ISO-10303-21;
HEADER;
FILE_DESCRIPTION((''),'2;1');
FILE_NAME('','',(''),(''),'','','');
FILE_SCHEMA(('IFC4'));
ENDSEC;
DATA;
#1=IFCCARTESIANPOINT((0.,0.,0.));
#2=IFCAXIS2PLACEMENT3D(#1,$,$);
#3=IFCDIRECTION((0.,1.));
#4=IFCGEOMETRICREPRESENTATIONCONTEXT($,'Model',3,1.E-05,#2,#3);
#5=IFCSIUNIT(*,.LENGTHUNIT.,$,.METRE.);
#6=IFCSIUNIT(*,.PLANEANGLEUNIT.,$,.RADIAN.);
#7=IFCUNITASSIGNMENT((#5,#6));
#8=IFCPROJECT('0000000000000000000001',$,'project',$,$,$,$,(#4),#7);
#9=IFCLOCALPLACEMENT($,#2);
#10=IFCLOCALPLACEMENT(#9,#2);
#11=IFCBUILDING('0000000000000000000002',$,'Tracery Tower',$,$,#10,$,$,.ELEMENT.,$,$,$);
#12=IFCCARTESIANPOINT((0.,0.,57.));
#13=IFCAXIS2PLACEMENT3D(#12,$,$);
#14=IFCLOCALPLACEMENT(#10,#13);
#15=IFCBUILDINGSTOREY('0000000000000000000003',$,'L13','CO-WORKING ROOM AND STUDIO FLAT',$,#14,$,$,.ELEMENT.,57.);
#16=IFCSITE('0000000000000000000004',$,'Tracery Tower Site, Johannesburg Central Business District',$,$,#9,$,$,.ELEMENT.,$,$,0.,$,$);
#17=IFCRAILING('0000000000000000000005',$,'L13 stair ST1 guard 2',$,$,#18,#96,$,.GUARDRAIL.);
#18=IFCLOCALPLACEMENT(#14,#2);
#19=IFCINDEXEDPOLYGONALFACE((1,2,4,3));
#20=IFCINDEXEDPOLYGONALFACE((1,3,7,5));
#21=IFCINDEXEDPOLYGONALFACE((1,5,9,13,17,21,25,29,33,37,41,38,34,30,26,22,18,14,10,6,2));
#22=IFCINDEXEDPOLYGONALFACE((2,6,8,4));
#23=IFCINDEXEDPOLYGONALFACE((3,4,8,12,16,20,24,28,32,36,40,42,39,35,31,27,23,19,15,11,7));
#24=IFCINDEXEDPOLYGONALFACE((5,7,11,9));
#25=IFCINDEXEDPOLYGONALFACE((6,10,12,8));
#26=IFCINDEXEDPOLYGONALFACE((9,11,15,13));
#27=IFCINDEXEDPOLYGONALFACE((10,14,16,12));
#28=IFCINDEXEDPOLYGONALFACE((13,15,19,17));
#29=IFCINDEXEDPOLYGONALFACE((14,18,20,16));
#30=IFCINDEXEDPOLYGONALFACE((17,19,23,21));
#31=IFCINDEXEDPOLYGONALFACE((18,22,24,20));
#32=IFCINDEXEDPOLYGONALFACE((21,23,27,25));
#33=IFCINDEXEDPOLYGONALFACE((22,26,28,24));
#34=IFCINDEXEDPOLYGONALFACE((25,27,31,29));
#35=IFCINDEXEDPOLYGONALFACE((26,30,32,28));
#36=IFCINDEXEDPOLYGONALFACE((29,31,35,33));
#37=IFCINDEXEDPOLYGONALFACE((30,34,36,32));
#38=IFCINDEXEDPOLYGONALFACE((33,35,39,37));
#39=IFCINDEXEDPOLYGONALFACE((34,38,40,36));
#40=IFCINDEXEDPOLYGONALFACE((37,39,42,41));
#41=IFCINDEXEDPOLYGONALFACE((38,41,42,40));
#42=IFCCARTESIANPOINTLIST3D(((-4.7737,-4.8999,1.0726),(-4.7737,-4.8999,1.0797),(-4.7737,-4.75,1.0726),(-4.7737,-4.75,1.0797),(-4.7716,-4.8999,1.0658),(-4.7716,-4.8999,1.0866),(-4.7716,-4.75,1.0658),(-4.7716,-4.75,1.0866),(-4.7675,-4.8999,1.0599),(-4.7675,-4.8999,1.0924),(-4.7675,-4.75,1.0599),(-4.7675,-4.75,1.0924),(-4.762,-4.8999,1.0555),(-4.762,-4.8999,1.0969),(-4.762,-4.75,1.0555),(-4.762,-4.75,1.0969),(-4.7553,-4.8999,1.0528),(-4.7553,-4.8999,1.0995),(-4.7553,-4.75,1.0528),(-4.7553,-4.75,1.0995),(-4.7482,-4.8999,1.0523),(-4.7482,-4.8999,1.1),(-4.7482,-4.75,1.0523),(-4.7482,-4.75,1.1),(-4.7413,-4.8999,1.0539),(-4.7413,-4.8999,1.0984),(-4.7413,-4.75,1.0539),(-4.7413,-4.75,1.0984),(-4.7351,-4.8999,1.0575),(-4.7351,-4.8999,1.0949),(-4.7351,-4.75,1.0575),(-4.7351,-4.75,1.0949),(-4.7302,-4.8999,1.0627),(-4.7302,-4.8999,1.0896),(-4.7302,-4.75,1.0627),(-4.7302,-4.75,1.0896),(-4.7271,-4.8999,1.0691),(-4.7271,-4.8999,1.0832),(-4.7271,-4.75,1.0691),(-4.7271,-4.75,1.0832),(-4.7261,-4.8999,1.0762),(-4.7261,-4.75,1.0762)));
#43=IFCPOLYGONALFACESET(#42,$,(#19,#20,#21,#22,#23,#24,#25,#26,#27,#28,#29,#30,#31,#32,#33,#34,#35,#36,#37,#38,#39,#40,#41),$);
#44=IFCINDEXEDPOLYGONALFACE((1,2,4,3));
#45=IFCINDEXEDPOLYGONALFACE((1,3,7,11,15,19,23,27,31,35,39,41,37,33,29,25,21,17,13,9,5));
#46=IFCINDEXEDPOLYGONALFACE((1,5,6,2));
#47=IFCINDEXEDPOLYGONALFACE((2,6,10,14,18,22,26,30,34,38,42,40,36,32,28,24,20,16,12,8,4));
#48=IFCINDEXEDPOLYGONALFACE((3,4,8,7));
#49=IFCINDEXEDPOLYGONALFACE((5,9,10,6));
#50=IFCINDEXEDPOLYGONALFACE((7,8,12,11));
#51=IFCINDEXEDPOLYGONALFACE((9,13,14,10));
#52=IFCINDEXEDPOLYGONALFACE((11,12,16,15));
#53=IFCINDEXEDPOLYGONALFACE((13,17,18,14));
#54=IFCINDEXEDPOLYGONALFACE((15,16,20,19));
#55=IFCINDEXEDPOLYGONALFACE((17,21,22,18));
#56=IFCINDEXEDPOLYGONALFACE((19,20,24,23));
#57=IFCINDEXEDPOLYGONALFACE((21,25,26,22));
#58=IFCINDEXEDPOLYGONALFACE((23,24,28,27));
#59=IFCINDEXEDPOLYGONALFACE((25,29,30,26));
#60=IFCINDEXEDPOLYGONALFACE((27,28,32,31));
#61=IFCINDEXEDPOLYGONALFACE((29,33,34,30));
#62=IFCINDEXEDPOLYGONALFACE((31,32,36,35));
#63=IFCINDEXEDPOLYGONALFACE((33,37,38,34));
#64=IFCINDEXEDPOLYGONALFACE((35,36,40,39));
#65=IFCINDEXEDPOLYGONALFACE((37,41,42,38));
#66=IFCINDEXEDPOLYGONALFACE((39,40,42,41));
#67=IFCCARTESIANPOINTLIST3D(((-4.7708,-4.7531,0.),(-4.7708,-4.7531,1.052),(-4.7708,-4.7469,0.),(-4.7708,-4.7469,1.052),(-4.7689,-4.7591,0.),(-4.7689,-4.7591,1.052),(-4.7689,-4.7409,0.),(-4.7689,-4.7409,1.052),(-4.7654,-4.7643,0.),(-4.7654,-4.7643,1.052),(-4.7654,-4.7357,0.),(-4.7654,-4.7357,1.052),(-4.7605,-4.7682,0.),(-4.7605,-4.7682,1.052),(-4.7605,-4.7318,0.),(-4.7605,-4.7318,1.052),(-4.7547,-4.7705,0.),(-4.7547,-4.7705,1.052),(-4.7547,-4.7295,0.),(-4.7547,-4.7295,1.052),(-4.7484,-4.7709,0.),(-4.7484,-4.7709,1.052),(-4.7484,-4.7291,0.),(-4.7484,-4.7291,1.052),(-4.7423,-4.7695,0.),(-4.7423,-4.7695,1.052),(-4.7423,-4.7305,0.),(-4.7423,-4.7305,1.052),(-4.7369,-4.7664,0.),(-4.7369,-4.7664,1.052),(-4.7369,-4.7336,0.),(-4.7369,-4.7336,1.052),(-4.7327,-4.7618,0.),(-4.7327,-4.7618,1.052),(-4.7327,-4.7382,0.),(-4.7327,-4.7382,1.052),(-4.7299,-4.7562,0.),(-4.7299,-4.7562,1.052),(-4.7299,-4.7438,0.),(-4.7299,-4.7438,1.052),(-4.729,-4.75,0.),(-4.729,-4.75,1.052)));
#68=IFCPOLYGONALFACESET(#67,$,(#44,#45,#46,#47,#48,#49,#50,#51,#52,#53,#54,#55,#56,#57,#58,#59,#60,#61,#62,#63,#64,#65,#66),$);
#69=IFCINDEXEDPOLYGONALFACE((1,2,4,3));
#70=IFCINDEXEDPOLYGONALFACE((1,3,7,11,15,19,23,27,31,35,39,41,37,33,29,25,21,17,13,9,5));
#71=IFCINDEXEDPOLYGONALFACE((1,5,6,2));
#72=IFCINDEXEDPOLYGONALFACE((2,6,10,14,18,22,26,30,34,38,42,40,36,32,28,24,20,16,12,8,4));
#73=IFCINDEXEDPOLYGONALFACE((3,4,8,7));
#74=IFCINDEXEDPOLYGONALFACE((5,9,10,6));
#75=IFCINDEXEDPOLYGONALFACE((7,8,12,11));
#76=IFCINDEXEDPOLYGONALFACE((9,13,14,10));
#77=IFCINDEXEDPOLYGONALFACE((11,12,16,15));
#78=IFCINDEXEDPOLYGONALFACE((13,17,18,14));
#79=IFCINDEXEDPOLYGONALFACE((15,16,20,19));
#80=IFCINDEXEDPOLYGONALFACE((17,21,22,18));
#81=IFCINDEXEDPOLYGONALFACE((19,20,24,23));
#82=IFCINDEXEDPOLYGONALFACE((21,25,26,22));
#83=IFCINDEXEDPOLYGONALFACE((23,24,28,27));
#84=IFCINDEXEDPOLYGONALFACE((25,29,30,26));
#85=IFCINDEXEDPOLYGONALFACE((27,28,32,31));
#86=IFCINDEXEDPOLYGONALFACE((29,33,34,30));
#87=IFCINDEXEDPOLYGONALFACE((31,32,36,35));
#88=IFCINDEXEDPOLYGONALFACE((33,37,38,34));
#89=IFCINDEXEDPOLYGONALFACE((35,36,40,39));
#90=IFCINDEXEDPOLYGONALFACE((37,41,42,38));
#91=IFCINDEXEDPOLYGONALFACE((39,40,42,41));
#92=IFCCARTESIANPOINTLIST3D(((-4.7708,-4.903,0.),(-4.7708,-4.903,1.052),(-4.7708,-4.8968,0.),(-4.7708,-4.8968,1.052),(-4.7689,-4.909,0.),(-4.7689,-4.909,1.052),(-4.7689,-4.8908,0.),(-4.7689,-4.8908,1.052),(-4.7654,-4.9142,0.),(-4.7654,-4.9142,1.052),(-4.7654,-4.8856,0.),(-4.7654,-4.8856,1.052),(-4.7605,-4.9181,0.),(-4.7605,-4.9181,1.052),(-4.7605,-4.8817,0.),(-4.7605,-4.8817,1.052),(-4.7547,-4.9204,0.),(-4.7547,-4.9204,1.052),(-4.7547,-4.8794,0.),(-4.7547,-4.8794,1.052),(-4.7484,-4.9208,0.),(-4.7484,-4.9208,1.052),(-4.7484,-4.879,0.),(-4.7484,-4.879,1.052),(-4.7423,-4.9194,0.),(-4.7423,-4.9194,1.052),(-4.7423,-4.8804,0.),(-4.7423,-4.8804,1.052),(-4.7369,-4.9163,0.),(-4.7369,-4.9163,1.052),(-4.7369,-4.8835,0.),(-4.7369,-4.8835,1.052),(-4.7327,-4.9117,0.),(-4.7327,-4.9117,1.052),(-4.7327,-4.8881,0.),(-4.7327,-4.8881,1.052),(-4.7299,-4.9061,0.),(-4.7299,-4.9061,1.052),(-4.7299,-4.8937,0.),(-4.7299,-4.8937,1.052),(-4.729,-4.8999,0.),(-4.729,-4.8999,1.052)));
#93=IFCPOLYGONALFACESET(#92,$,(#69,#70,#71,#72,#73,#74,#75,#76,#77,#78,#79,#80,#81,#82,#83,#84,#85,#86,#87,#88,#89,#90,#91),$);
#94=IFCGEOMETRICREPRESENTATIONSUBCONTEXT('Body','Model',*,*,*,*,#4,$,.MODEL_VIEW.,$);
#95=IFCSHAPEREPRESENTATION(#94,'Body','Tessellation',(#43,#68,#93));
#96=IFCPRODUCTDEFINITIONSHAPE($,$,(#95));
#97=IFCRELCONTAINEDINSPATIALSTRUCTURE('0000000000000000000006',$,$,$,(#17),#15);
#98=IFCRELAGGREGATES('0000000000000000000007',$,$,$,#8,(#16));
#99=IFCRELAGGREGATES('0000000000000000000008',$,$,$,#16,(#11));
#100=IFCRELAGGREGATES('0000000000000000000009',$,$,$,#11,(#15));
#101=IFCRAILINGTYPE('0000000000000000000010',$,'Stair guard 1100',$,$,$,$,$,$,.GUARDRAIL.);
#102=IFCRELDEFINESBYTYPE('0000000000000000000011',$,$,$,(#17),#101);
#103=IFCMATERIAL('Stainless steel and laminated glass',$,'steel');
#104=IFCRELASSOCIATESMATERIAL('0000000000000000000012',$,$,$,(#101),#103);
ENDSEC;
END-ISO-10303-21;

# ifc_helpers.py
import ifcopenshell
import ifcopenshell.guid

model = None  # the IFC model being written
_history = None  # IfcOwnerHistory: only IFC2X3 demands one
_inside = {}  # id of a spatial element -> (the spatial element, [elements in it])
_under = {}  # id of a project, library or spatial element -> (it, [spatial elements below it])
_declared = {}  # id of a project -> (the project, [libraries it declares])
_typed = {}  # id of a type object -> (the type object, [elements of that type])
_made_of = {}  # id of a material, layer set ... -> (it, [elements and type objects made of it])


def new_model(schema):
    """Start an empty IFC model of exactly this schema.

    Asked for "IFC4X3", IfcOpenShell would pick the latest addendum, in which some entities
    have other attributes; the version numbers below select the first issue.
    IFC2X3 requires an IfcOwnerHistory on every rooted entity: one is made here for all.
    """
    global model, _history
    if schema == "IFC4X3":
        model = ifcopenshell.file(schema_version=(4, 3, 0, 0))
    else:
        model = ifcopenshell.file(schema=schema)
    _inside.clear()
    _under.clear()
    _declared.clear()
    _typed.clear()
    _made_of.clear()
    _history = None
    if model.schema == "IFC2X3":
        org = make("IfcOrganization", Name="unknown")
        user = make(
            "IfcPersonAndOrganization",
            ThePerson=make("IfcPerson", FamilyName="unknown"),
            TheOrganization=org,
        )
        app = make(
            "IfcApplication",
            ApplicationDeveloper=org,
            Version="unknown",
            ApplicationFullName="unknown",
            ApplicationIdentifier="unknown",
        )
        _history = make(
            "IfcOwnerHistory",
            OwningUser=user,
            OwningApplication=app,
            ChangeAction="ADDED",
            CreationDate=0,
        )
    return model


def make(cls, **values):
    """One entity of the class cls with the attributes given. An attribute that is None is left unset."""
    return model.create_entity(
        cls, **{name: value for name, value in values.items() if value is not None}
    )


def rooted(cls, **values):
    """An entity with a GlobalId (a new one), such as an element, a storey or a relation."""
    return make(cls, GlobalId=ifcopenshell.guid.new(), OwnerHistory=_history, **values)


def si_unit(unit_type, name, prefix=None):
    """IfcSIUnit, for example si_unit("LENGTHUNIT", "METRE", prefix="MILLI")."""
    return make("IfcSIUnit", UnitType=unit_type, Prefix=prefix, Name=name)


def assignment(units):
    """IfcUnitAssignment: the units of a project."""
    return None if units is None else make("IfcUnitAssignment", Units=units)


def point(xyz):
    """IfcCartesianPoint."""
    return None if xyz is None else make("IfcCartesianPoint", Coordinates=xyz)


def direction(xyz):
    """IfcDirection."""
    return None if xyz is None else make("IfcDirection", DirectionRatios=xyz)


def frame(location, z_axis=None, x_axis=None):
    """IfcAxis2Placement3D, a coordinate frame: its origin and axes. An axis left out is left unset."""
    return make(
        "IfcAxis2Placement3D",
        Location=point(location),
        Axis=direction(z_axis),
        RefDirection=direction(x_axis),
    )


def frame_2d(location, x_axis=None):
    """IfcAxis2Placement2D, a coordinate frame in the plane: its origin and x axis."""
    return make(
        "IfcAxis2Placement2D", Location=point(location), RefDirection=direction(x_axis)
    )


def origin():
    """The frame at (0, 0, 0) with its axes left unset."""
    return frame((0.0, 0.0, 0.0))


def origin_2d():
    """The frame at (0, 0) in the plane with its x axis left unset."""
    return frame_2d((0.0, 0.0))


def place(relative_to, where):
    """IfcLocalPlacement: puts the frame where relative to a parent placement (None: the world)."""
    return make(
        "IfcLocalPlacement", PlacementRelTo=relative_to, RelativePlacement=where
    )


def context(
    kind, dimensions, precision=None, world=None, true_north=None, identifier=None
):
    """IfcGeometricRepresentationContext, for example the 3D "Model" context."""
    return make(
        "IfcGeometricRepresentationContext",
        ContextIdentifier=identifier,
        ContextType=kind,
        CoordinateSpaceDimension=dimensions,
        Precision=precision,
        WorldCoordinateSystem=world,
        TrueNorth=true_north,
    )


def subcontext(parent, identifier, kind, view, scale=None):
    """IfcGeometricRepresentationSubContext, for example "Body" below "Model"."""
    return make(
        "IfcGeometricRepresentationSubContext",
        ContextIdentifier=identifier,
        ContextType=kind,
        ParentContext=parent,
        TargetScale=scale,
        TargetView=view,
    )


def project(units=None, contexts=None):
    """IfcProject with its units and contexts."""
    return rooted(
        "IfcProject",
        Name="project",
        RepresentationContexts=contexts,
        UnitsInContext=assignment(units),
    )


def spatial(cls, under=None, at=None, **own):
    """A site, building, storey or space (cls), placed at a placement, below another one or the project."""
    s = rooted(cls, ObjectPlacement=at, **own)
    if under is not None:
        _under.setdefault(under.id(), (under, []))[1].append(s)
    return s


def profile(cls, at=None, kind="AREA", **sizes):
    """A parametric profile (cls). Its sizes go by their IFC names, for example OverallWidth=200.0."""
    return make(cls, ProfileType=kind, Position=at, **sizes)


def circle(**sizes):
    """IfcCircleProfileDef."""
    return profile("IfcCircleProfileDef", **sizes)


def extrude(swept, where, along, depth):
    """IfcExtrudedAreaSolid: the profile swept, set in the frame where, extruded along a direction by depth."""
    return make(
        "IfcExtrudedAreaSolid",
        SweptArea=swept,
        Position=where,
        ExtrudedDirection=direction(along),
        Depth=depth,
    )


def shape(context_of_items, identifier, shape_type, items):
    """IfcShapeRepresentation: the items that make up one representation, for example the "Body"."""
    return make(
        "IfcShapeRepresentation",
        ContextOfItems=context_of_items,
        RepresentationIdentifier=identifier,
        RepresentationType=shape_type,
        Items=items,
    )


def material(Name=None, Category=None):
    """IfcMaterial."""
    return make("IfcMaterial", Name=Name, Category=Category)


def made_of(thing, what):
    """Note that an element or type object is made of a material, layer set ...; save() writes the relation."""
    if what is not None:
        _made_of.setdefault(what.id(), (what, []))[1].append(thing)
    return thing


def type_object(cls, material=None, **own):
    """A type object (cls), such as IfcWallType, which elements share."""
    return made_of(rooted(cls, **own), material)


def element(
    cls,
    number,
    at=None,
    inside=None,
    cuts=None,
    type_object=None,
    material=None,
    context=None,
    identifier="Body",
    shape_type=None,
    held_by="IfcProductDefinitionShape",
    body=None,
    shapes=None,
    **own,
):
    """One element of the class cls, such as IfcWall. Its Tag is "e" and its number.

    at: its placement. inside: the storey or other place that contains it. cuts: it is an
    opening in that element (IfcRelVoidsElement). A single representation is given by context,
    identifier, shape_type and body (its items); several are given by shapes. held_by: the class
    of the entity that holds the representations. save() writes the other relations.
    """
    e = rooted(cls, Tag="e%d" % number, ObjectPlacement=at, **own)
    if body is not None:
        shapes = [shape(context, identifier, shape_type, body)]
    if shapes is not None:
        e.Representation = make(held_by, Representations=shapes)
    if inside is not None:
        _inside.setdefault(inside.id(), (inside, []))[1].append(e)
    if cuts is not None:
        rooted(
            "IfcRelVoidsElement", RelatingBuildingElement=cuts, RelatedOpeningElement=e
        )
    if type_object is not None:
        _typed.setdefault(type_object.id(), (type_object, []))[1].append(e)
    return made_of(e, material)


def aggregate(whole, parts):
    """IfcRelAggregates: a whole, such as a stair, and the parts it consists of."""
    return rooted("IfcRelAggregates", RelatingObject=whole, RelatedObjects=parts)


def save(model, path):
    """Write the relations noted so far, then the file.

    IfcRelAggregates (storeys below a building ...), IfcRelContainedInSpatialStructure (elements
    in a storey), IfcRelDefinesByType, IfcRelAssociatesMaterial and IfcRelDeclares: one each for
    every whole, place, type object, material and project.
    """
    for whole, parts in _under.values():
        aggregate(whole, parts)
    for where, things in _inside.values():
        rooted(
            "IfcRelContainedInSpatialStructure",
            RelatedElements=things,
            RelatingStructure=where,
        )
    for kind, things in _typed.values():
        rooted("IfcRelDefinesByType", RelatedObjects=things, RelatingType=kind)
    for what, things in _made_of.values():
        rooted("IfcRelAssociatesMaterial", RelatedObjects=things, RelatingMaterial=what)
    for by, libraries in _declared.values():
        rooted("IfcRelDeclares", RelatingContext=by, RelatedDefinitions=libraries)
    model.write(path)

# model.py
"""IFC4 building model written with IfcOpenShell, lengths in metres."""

from ifc_helpers import new_model, si_unit, direction, frame, origin, origin_2d, place, context, subcontext, project, spatial, circle, extrude, material, type_object, element, save


model = new_model("IFC4")

# Units and contexts
model_context = context("Model", 3, precision=1e-05, world=origin(), true_north=direction((0.0, 1.0)))
body_context = subcontext(model_context, "Body", "Model", "MODEL_VIEW")
ifc_project = project(units=[si_unit("LENGTHUNIT", "METRE"), si_unit("PLANEANGLEUNIT", "RADIAN")], contexts=[model_context])

# Site, building, storey
site_placement = place(None, origin())
site = spatial("IfcSite", under=ifc_project, at=site_placement, Name="Tracery Tower Site, Johannesburg Central Business District", CompositionType="ELEMENT", RefElevation=0.0)
building_placement = place(site_placement, origin())
building = spatial("IfcBuilding", under=site, at=building_placement, Name="Tracery Tower", CompositionType="ELEMENT")
storey_placement = place(building_placement, frame((0.0, 0.0, 57.0)))
storey = spatial("IfcBuildingStorey", under=building, at=storey_placement, Name="L13", Description="CO-WORKING ROOM AND STUDIO FLAT", CompositionType="ELEMENT", Elevation=57.0)

# Railing
ifc_material_1 = material(Name="Stainless steel and laminated glass", Category="steel")
railing_type_1 = type_object("IfcRailingType", Name="Stair guard 1100", PredefinedType="GUARDRAIL", material=ifc_material_1)
railing_1_placement = place(storey_placement, frame((-4.75, -4.75, 0.0)))
element("IfcRailing", 1, at=railing_1_placement, inside=storey, type_object=railing_type_1, Name="L13 stair ST1 guard 2", PredefinedType="GUARDRAIL", context=body_context, shape_type="SweptSolid", body=[
    extrude(circle(Radius=0.0239, at=origin_2d()), frame((0.0, 0.0, 1.0762), z_axis=(0.0, -1.0, 0.0), x_axis=(1.0, 0.0, 0.0)), (0.0, 0.0, 1.0), 0.1499),
    extrude(circle(Radius=0.021, at=origin_2d()), origin(), (0.0, 0.0, 1.0), 1.052),
    extrude(circle(Radius=0.021, at=origin_2d()), frame((0.0, -0.1499, 0.0)), (0.0, 0.0, 1.0), 1.052),
])

save(model, "model.ifc")
